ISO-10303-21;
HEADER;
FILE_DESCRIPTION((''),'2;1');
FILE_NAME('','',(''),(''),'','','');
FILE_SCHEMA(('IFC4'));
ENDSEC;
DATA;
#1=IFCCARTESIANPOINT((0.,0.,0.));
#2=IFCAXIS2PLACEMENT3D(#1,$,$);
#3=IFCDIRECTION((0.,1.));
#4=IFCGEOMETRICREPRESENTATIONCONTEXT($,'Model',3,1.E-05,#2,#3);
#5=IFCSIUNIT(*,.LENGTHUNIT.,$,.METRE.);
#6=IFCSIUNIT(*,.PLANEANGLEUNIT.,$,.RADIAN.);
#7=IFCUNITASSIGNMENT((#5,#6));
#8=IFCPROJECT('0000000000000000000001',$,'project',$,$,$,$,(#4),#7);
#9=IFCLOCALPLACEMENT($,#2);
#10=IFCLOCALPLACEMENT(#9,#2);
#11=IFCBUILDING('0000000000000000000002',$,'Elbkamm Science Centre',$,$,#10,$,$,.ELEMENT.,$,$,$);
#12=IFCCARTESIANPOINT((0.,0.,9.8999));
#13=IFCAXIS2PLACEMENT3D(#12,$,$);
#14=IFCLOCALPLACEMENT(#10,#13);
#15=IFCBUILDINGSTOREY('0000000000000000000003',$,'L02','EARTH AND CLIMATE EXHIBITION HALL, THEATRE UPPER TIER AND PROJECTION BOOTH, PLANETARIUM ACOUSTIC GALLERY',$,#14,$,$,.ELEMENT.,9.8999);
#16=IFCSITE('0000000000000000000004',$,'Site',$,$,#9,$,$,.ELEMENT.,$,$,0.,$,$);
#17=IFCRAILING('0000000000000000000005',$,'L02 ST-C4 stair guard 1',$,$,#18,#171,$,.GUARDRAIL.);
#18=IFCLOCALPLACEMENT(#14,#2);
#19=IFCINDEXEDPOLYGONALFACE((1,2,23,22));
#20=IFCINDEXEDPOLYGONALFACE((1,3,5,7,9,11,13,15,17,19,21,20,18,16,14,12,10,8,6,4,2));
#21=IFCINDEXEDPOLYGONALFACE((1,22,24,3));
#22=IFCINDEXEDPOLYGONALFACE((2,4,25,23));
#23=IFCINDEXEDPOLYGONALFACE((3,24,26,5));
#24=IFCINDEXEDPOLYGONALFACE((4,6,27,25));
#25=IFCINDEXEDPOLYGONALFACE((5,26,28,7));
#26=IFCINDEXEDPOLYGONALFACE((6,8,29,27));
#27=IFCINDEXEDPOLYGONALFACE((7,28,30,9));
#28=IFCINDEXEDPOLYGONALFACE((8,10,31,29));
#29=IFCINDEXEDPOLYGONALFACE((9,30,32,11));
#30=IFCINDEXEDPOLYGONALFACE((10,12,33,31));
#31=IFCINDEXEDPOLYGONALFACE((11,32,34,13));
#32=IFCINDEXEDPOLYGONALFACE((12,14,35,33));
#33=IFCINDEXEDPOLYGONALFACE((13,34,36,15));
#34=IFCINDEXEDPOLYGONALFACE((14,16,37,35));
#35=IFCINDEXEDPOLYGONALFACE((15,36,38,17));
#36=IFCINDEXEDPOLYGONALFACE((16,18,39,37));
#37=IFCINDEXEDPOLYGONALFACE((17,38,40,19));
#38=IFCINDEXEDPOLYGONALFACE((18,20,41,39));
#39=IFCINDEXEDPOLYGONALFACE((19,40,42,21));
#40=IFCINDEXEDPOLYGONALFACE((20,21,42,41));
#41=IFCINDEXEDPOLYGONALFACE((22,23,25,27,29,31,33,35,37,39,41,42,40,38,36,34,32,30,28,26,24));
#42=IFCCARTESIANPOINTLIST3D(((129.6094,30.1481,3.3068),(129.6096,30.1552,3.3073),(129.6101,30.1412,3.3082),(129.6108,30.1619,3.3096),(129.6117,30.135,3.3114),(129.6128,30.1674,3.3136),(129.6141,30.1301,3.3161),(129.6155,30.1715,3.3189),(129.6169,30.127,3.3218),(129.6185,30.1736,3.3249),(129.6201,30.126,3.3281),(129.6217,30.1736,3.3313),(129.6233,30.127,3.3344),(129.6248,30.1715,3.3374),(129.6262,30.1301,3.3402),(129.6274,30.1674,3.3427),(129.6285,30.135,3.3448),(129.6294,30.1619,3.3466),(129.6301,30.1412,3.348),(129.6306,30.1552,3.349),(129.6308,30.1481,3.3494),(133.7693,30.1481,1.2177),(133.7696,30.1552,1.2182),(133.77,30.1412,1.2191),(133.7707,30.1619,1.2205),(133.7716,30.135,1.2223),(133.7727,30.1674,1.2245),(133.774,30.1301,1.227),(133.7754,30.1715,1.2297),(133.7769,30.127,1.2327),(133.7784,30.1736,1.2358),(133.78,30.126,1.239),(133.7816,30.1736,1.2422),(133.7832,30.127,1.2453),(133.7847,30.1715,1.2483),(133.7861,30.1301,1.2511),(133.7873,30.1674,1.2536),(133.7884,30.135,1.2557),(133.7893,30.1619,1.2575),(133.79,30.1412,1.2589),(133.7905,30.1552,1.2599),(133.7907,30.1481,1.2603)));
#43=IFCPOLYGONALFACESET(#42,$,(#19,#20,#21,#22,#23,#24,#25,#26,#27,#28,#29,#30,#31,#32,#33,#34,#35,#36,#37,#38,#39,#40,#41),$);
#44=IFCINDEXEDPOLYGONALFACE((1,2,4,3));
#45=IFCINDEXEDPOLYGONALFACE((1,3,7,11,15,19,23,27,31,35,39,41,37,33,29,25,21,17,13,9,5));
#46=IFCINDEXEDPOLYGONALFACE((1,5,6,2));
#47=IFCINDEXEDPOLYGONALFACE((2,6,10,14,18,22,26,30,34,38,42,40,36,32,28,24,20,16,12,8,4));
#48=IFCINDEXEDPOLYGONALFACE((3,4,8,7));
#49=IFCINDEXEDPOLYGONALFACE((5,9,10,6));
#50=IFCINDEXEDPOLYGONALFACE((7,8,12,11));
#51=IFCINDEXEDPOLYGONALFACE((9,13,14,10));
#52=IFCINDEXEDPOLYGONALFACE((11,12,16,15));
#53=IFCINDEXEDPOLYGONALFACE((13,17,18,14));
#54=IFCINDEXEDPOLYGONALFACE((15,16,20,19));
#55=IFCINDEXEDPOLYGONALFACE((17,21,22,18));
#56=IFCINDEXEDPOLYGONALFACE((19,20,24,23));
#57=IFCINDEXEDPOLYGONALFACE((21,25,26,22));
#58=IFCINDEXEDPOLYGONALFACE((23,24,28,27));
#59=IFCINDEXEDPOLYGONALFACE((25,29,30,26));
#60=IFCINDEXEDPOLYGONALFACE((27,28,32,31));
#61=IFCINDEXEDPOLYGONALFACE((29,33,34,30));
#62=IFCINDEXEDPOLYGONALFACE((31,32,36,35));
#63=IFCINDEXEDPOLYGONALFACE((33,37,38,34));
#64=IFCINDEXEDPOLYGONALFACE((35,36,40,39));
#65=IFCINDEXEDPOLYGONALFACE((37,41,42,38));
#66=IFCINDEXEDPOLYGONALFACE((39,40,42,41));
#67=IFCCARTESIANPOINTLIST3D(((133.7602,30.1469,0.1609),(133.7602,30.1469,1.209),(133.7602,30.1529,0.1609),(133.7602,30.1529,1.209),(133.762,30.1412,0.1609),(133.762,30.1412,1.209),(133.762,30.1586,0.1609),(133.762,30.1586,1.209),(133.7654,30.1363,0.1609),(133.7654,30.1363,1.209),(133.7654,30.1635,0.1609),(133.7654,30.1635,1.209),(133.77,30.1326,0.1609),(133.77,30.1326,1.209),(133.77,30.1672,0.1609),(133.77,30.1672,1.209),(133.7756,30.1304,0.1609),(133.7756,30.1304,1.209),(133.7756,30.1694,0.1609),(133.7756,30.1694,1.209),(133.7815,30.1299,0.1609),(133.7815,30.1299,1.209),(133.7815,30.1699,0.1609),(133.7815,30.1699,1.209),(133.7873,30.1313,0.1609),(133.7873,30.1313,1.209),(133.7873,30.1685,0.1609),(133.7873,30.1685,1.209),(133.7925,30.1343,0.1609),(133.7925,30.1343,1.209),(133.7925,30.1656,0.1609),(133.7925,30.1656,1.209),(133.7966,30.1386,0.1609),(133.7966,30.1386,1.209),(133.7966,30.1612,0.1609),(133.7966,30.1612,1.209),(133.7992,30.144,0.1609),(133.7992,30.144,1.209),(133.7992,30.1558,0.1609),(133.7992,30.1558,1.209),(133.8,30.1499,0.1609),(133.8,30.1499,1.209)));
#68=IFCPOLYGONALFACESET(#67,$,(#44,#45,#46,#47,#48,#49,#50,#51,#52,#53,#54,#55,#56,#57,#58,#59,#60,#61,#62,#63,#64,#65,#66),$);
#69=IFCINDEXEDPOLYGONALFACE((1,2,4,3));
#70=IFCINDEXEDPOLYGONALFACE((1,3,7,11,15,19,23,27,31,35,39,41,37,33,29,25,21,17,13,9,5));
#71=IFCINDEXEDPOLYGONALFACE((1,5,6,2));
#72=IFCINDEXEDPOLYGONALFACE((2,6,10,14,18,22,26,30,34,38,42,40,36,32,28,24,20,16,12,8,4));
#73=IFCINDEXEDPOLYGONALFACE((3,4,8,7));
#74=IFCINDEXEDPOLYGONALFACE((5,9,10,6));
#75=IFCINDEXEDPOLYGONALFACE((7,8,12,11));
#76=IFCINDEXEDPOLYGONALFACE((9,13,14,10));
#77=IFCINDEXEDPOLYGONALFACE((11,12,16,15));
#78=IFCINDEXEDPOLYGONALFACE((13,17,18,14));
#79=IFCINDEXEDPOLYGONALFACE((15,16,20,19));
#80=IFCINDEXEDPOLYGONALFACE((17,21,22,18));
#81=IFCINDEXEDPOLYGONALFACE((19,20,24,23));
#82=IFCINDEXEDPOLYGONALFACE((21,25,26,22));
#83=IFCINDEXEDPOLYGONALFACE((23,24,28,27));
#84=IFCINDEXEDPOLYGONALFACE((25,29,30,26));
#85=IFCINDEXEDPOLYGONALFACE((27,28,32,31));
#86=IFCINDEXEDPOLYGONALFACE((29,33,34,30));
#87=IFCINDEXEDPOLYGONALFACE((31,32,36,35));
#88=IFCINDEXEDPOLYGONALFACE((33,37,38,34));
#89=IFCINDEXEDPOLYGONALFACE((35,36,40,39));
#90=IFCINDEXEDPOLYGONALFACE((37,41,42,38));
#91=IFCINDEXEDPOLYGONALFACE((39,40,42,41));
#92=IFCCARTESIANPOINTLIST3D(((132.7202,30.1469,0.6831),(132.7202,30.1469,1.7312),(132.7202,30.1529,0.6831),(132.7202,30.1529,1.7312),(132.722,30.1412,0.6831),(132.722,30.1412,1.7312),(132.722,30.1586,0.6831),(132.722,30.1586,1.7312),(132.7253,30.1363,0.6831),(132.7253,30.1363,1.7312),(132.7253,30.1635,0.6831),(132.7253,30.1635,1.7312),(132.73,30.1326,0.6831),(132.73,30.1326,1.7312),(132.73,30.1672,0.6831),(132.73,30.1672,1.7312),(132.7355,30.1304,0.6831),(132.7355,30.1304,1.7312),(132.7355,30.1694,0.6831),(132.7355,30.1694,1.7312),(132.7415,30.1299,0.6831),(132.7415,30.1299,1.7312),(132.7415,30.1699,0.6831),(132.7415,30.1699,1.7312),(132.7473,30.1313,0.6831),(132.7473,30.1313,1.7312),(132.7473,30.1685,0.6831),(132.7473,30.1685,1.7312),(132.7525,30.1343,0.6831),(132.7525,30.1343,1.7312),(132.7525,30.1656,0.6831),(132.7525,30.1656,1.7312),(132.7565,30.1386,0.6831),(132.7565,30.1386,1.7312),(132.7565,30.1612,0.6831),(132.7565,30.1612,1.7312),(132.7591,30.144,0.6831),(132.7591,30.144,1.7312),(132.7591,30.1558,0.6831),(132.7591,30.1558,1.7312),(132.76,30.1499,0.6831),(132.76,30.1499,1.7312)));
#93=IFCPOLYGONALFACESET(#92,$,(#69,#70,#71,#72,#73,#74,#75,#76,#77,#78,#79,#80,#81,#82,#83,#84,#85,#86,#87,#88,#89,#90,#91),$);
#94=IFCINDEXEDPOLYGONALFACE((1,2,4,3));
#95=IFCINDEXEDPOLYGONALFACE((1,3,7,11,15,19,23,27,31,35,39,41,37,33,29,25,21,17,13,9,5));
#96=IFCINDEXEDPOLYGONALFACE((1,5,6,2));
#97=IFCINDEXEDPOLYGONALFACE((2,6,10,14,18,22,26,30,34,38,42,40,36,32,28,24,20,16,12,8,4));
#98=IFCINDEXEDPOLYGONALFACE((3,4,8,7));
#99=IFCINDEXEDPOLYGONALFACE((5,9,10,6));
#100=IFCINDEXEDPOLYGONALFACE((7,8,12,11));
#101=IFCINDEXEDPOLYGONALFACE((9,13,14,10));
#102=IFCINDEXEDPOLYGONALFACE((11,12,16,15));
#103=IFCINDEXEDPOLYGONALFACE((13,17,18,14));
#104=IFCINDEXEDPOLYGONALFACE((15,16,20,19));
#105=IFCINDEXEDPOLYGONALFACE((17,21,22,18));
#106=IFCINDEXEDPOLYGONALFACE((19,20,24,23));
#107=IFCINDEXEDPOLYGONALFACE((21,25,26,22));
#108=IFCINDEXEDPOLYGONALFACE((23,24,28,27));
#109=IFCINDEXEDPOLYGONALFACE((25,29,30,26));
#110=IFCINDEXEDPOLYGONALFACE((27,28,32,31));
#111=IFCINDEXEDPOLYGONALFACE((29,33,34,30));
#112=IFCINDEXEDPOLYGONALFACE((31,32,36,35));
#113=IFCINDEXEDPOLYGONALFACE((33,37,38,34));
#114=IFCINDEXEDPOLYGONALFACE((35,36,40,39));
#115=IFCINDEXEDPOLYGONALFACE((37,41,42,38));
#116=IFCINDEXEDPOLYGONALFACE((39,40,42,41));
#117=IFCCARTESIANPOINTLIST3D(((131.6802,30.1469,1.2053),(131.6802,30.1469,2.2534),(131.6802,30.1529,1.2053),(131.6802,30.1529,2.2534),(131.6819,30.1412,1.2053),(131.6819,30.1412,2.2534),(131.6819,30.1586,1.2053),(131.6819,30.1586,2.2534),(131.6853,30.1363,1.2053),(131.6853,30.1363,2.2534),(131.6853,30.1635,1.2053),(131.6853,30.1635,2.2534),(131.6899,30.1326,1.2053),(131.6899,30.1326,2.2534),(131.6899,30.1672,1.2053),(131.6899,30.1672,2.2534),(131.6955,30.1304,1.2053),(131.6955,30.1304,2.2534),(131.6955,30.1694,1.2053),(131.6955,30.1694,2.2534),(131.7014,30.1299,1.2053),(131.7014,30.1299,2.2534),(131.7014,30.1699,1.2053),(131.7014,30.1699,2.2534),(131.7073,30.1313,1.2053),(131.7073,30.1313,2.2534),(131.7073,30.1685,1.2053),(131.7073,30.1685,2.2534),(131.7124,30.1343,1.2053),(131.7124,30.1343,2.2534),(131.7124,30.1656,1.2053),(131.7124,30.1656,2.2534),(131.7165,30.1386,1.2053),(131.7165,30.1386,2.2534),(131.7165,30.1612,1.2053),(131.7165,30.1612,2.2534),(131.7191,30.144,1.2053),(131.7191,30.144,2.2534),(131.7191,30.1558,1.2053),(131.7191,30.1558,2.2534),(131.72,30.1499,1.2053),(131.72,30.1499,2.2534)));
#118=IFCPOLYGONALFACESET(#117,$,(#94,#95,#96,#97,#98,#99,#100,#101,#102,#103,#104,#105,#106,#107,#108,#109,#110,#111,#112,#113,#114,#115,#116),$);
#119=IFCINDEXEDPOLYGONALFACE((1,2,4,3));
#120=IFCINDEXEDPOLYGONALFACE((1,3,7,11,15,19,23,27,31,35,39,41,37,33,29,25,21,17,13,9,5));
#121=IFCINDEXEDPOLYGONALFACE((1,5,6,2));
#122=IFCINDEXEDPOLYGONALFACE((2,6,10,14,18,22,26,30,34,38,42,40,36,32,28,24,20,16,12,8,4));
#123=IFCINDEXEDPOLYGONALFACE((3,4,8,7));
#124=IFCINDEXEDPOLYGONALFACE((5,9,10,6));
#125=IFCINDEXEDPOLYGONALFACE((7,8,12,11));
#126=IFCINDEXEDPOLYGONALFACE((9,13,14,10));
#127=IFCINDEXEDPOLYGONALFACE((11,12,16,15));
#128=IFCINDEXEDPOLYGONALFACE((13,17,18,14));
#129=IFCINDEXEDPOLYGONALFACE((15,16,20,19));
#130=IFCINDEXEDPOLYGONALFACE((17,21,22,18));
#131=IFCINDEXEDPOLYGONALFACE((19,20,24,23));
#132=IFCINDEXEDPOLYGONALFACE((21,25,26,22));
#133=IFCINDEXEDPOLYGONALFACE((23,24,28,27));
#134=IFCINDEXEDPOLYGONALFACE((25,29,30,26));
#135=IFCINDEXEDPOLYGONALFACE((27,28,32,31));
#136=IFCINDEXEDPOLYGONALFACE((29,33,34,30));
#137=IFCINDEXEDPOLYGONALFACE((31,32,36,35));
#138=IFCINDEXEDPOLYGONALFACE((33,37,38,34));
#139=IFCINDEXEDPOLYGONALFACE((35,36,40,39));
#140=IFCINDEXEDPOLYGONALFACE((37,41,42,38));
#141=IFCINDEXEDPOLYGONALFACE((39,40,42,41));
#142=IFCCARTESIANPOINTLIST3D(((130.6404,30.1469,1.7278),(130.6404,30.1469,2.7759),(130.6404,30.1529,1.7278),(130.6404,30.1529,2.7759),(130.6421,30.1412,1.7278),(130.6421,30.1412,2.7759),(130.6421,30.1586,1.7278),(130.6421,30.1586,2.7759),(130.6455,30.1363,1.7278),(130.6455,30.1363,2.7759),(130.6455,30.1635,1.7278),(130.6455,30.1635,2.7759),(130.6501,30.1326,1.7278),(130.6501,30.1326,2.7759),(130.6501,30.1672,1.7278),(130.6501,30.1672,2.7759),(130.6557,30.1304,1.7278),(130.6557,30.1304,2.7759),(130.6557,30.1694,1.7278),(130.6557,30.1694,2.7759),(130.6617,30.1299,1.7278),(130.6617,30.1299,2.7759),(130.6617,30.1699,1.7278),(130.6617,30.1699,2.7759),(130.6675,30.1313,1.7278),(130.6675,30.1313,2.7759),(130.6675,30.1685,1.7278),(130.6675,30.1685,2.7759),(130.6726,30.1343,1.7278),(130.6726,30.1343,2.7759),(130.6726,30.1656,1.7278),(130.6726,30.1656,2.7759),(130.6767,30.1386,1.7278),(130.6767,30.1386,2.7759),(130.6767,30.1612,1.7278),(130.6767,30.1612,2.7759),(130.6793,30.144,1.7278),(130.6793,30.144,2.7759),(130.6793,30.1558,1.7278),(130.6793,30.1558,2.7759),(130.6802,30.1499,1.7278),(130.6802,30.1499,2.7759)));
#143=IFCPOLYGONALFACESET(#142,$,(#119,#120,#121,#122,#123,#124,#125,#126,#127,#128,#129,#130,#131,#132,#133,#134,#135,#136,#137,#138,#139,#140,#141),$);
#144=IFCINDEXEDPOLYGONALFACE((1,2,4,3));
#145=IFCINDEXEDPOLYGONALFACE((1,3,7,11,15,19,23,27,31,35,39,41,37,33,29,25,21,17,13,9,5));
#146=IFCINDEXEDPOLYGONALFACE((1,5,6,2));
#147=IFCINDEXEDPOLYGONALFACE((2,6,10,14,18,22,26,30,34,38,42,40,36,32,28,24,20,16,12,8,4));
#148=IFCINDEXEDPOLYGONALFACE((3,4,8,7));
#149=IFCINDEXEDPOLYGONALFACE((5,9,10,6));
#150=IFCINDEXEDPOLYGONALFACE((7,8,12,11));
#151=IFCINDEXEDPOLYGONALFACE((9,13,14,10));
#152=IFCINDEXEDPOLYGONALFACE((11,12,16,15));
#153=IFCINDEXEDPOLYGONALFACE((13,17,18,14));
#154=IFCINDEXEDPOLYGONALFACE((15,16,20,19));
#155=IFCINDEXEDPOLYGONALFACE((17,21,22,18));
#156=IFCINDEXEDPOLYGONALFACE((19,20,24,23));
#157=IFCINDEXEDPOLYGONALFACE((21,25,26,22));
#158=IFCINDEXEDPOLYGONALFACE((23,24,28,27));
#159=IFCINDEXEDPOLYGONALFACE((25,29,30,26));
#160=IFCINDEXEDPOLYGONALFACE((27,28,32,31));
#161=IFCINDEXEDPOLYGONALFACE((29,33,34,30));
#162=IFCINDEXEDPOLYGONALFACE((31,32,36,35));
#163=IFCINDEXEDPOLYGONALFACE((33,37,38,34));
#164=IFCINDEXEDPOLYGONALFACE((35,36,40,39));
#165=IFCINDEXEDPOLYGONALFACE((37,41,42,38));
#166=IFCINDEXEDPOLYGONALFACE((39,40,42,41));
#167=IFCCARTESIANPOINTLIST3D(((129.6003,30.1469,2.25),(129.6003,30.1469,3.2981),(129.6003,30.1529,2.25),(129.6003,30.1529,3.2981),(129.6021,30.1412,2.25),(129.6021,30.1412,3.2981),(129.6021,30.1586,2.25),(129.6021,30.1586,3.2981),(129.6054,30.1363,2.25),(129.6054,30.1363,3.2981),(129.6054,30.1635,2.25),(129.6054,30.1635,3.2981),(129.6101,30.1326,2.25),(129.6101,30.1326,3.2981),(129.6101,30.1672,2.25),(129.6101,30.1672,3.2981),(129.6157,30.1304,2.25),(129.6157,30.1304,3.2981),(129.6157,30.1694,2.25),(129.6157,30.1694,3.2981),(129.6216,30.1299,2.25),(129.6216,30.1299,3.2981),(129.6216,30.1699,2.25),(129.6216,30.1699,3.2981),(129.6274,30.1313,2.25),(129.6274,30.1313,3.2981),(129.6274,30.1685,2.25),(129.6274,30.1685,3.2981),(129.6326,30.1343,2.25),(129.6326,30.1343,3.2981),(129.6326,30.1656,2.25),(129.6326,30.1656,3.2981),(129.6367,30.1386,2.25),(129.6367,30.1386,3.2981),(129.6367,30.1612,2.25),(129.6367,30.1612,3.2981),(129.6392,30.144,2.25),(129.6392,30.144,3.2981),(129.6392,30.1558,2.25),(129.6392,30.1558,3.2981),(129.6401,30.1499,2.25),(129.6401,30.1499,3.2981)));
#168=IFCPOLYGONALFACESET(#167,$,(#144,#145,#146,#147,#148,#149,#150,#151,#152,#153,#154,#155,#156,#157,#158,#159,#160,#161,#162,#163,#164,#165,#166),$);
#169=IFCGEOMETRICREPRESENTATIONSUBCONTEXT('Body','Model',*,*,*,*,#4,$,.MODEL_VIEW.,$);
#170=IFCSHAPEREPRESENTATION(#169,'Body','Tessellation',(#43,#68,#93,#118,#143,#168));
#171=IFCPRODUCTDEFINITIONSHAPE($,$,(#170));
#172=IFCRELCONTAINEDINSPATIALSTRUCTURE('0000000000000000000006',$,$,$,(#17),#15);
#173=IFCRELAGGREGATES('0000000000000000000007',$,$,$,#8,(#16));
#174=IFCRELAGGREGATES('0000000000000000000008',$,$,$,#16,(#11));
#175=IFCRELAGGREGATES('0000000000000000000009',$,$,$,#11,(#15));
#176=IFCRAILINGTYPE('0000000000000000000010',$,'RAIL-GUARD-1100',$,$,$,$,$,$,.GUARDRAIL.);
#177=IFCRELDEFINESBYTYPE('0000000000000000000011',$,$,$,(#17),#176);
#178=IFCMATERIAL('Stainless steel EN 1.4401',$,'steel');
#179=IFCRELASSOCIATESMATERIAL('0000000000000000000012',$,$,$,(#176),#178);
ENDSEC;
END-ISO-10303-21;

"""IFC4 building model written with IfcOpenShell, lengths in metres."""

from ifc_helpers import new_model, si_unit, direction, frame, origin, origin_2d, place, context, subcontext, project, spatial, circle, extrude, material, type_object, element, save


model = new_model("IFC4")

# Units and contexts
model_context = context("Model", 3, precision=1e-05, world=origin(), true_north=direction((0.0, 1.0)))
body_context = subcontext(model_context, "Body", "Model", "MODEL_VIEW")
ifc_project = project(units=[si_unit("LENGTHUNIT", "METRE"), si_unit("PLANEANGLEUNIT", "RADIAN")], contexts=[model_context])

# Site, building, storey
site_placement = place(None, origin())
site = spatial("IfcSite", under=ifc_project, at=site_placement, Name="Site", CompositionType="ELEMENT", RefElevation=0.0)
building_placement = place(site_placement, origin())
building = spatial("IfcBuilding", under=site, at=building_placement, Name="Elbkamm Science Centre", CompositionType="ELEMENT")
storey_placement = place(building_placement, frame((0.0, 0.0, 9.8999)))
storey = spatial("IfcBuildingStorey", under=building, at=storey_placement, Name="L02", Description="EARTH AND CLIMATE EXHIBITION HALL, THEATRE UPPER TIER AND PROJECTION BOOTH, PLANETARIUM ACOUSTIC GALLERY", CompositionType="ELEMENT", Elevation=9.8999)

# Railing
ifc_material_1 = material(Name="Stainless steel EN 1.4401", Category="steel")
railing_type_1 = type_object("IfcRailingType", Name="RAIL-GUARD-1100", PredefinedType="GUARDRAIL", material=ifc_material_1)
railing_1_placement = place(storey_placement, frame((133.78, 30.1499, 0.1609)))
element("IfcRailing", 1, at=railing_1_placement, inside=storey, type_object=railing_type_1, Name="L02 ST-C4 stair guard 1", PredefinedType="GUARDRAIL", context=body_context, shape_type="SweptSolid", body=[
    extrude(circle(Radius=0.0239, at=origin_2d()), frame((0.0, 0.0, 1.0781), z_axis=(-0.893639, 0.0, 0.448786), x_axis=(0.0, -1.0, 0.0)), (0.0, 0.0, 1.0), 4.655),
    extrude(circle(Radius=0.02, at=origin_2d()), origin(), (0.0, 0.0, 1.0), 1.0481),
    extrude(circle(Radius=0.02, at=origin_2d()), frame((-1.04, 0.0, 0.5222)), (0.0, 0.0, 1.0), 1.0481),
    extrude(circle(Radius=0.02, at=origin_2d()), frame((-2.0801, 0.0, 1.0444)), (0.0, 0.0, 1.0), 1.0481),
    extrude(circle(Radius=0.02, at=origin_2d()), frame((-3.1199, 0.0, 1.5669)), (0.0, 0.0, 1.0), 1.0481),
    extrude(circle(Radius=0.02, at=origin_2d()), frame((-4.1599, 0.0, 2.0891)), (0.0, 0.0, 1.0), 1.0481),
])

save(model, "model.ifc")
